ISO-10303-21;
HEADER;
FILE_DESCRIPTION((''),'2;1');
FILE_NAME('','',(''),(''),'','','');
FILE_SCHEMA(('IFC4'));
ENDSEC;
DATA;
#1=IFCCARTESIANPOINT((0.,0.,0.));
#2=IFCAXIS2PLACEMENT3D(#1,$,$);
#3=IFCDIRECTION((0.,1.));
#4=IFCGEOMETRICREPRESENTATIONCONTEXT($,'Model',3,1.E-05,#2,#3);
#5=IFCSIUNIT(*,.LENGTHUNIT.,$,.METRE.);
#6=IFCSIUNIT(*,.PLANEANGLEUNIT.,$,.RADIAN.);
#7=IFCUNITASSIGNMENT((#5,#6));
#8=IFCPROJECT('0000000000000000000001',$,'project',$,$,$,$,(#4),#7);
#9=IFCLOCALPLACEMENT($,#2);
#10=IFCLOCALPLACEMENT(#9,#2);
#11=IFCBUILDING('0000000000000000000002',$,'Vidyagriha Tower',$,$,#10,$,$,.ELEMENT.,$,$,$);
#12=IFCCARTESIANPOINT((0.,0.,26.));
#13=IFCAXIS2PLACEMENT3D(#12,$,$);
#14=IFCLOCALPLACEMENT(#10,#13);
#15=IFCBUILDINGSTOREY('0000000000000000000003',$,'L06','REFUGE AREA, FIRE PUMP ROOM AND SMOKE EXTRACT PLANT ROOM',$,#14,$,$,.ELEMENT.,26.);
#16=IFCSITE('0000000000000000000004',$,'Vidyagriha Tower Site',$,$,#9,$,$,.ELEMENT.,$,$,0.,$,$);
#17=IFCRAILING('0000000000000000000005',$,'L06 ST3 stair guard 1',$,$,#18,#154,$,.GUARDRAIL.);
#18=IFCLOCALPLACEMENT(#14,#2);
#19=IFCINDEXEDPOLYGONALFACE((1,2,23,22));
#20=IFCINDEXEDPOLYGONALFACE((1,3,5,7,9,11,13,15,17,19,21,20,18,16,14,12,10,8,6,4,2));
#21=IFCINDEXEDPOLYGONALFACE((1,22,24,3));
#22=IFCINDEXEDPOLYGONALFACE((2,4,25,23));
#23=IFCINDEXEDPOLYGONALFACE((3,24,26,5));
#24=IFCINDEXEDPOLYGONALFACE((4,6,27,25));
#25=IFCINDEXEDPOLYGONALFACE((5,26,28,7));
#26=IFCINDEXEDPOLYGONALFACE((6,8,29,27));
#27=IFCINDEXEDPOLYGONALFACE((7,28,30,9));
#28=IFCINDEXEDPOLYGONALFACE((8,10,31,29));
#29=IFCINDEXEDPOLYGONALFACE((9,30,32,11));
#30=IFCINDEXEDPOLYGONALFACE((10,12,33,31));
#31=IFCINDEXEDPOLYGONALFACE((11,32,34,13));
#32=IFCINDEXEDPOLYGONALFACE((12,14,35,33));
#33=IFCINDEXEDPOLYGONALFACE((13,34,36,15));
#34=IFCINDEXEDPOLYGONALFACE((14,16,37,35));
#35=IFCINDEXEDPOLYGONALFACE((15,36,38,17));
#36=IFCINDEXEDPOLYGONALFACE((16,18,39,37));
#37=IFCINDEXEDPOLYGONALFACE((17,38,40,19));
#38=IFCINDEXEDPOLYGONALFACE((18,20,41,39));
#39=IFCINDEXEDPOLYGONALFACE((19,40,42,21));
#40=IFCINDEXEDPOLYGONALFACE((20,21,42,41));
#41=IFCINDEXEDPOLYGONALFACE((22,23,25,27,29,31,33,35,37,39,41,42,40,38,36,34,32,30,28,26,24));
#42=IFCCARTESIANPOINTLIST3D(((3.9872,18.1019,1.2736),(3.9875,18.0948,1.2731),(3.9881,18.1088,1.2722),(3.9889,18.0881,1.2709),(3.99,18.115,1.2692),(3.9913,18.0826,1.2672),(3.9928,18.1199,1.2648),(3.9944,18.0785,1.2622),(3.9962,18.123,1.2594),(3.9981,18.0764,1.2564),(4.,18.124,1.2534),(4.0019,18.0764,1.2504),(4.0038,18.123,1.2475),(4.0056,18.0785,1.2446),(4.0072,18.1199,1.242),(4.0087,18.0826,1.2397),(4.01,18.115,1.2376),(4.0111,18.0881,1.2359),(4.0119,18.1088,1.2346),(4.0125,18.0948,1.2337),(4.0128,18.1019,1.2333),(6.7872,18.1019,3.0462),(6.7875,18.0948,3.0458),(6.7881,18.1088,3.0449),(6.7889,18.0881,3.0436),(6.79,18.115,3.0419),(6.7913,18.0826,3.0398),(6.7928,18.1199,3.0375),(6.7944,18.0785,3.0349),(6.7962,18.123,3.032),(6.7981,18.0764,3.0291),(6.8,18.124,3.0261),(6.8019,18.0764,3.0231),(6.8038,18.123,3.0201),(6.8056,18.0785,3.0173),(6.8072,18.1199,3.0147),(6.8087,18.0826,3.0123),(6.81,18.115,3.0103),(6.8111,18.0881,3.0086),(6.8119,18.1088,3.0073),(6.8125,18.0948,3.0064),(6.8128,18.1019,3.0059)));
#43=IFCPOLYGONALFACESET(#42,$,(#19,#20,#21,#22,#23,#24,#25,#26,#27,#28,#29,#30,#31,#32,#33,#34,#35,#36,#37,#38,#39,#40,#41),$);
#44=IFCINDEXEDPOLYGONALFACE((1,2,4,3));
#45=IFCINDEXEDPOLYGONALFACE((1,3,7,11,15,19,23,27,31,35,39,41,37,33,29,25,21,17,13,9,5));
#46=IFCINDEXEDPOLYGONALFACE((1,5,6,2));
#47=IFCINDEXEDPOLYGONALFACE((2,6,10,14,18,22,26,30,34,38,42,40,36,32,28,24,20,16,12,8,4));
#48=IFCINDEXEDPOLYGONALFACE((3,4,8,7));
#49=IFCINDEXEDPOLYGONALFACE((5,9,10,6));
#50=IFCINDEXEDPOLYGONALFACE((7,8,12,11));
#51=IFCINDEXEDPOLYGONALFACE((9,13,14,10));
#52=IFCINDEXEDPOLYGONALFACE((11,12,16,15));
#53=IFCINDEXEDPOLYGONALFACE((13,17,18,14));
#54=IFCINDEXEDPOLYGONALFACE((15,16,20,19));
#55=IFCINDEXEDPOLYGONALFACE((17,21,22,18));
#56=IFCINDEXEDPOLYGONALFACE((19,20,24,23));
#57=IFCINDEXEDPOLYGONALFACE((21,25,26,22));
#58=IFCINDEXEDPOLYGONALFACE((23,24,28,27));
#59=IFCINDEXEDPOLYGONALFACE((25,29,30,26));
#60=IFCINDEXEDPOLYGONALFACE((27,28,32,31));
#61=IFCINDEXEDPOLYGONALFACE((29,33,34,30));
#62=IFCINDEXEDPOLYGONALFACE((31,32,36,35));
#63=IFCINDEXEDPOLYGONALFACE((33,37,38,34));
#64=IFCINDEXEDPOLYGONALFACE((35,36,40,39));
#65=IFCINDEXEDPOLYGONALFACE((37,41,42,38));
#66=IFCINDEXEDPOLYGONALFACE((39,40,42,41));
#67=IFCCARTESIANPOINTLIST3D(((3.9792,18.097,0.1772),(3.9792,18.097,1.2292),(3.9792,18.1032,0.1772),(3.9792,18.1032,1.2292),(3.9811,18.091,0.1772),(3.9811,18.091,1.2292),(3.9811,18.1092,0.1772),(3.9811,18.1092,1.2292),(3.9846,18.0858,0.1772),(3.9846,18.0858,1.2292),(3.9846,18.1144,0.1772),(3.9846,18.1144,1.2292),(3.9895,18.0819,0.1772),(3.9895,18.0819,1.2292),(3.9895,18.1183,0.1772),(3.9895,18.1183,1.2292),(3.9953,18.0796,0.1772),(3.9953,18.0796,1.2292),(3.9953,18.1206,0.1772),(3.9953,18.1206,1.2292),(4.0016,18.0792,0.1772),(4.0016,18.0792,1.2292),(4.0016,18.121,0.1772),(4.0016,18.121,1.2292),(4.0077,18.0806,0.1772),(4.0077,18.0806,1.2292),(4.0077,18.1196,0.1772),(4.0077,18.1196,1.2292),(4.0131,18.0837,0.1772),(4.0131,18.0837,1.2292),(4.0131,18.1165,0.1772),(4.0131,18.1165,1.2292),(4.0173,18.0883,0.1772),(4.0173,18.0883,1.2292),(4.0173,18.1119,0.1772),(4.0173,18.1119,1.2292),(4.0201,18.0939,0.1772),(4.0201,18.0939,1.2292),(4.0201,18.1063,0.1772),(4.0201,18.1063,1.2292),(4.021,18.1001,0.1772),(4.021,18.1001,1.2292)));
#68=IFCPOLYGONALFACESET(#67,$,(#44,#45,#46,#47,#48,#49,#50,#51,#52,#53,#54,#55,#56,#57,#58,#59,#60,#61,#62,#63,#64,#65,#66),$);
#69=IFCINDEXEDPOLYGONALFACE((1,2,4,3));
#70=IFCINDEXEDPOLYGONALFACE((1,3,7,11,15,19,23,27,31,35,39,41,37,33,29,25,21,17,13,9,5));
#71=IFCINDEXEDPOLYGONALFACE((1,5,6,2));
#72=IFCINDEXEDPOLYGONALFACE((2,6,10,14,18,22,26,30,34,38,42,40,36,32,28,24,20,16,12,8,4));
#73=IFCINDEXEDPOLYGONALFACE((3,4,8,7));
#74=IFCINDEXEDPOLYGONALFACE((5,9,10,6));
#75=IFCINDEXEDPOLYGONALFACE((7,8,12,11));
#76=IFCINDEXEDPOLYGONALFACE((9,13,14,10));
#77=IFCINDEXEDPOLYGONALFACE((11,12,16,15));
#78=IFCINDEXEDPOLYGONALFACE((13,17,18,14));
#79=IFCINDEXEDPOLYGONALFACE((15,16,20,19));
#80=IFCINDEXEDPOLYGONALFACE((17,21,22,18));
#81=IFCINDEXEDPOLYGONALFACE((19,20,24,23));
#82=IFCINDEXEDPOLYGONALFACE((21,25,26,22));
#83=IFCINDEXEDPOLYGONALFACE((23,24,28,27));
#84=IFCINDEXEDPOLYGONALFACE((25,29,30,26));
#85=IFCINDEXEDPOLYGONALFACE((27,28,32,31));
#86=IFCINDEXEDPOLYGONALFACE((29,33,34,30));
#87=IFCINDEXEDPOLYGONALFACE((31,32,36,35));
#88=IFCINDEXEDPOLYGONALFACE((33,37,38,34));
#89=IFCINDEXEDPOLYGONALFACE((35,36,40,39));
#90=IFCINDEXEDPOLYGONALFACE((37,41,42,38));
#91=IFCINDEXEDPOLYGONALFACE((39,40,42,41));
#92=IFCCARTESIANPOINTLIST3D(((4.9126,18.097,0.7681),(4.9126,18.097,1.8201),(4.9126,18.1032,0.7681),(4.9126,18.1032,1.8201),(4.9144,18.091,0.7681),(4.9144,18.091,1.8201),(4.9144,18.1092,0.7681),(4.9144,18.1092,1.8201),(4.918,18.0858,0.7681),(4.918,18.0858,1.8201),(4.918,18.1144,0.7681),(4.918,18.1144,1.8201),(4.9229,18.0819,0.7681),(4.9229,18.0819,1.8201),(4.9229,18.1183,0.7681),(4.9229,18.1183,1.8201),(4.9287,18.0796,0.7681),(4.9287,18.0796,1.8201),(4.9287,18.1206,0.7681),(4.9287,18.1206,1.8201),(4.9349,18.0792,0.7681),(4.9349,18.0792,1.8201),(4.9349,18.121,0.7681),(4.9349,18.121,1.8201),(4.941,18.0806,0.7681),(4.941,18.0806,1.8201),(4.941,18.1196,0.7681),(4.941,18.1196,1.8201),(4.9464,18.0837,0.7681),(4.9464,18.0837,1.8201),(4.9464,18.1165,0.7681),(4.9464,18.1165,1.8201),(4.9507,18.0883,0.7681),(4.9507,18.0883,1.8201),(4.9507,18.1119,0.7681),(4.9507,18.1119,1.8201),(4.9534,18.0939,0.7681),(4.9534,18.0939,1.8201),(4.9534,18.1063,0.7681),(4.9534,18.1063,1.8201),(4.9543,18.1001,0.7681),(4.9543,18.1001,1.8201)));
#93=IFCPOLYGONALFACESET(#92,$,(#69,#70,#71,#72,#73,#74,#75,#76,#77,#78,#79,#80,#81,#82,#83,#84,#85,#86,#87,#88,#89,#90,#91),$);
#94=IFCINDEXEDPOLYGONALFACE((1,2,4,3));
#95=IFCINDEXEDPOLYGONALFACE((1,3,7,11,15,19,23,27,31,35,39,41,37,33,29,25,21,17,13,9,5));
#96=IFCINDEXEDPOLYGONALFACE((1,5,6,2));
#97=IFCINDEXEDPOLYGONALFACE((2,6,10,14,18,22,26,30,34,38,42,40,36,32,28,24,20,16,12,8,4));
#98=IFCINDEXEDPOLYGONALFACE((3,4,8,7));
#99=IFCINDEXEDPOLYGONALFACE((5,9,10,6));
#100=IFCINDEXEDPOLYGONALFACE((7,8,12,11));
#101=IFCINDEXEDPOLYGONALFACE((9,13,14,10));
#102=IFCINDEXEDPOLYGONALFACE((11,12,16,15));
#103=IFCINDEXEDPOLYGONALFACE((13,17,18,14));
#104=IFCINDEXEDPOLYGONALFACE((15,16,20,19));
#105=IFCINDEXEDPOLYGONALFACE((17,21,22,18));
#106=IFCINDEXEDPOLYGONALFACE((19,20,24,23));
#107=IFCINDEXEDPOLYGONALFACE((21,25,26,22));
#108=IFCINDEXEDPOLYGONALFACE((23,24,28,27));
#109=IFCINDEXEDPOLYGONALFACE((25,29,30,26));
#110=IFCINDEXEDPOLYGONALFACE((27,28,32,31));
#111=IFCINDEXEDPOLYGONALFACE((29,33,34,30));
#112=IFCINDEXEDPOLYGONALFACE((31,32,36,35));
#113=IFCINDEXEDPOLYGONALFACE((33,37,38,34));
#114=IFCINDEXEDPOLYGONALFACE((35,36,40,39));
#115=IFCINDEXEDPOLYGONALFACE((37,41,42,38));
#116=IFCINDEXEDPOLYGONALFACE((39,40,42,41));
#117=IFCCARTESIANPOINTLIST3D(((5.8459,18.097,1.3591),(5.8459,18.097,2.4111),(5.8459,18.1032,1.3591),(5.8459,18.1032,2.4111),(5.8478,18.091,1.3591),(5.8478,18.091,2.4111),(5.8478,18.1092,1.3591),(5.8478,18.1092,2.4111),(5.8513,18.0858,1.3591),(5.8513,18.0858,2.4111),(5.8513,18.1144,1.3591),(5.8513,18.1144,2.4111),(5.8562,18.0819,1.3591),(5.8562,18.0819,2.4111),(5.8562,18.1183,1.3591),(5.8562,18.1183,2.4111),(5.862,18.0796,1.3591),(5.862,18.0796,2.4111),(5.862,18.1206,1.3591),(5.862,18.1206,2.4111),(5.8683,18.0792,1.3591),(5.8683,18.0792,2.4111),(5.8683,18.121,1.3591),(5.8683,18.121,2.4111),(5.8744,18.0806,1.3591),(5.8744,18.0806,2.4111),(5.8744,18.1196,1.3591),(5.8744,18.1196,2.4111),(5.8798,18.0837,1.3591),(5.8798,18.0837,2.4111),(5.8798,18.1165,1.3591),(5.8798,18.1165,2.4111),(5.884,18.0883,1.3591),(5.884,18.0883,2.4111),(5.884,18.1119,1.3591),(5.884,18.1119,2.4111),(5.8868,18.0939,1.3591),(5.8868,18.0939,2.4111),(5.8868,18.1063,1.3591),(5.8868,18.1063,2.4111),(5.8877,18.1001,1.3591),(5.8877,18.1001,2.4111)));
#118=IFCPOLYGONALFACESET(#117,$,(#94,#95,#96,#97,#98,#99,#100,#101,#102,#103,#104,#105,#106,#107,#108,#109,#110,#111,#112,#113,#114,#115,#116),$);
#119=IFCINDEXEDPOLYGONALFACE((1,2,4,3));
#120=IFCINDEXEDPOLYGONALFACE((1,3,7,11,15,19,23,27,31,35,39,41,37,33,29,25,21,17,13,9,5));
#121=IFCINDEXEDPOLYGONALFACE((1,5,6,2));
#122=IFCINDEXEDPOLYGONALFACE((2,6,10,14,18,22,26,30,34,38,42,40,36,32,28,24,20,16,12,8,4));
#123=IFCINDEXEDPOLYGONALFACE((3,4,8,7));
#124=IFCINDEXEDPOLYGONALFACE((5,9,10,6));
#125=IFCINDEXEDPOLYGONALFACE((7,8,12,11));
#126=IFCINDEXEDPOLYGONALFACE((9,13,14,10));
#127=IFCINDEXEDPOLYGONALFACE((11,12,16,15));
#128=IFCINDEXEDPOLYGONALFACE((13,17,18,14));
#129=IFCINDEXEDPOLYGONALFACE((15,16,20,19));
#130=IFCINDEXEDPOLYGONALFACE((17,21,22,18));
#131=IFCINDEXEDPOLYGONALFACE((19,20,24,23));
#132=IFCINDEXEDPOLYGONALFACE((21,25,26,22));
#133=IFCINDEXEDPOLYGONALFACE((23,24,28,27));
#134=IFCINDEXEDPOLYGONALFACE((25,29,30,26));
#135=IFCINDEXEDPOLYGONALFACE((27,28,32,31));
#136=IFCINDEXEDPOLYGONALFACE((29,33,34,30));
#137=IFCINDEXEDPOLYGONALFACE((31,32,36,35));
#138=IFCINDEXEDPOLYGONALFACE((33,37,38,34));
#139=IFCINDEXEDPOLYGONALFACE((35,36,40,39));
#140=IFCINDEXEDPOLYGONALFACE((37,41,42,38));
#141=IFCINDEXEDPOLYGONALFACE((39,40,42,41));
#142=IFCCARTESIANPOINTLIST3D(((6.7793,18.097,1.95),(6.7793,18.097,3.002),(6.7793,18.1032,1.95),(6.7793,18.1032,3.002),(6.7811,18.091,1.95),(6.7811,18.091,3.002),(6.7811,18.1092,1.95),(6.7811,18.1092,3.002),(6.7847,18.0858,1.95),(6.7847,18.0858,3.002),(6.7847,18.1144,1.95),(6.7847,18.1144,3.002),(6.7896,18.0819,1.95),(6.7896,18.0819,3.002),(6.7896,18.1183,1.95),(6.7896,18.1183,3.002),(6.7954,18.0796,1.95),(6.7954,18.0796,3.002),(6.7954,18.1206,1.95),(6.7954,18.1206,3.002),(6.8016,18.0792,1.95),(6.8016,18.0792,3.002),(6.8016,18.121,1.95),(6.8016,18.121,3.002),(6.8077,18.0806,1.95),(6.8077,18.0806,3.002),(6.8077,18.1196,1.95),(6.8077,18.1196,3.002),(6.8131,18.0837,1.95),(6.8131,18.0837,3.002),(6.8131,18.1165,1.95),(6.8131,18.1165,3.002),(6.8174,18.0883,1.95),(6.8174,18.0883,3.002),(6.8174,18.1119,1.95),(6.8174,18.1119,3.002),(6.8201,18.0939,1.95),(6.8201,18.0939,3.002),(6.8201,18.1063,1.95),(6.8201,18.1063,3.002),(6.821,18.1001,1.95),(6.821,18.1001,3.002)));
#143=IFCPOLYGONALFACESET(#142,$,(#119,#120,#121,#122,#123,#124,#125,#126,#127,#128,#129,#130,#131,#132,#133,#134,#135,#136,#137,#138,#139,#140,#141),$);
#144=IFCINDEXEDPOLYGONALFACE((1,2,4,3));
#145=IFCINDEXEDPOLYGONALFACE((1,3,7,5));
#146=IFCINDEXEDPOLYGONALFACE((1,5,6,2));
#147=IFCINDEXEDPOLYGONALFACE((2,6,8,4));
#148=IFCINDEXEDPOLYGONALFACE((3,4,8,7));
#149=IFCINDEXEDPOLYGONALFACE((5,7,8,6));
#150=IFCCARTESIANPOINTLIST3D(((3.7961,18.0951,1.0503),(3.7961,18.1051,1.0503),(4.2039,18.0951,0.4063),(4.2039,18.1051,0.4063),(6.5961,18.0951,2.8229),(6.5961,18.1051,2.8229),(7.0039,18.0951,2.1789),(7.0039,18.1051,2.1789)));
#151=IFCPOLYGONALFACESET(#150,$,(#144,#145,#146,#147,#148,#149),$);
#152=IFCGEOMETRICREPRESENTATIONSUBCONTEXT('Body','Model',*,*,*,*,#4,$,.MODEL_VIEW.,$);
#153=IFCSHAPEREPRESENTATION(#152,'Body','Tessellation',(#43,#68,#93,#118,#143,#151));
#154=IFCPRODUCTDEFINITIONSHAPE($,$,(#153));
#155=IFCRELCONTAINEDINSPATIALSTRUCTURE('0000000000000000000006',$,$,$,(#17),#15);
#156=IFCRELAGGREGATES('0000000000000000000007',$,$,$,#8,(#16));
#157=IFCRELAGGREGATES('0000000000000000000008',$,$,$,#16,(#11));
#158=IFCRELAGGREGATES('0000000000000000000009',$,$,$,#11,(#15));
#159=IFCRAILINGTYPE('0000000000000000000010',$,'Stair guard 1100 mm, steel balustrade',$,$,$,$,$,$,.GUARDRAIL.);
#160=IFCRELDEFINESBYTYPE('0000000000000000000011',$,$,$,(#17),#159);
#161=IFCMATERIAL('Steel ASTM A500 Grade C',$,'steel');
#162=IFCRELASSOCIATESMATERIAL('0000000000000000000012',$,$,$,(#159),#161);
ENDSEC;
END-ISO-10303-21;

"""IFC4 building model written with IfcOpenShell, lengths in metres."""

from ifc_helpers import new_model, si_unit, direction, frame, origin, origin_2d, place, context, subcontext, project, spatial, rectangle, circle, extrude, material, type_object, element, save


model = new_model("IFC4")

# Units and contexts
model_context = context("Model", 3, precision=1e-05, world=origin(), true_north=direction((0.0, 1.0)))
body_context = subcontext(model_context, "Body", "Model", "MODEL_VIEW")
ifc_project = project(units=[si_unit("LENGTHUNIT", "METRE"), si_unit("PLANEANGLEUNIT", "RADIAN")], contexts=[model_context])

# Site, building, storey
site_placement = place(None, origin())
site = spatial("IfcSite", under=ifc_project, at=site_placement, Name="Vidyagriha Tower Site", CompositionType="ELEMENT", RefElevation=0.0)
building_placement = place(site_placement, origin())
building = spatial("IfcBuilding", under=site, at=building_placement, Name="Vidyagriha Tower", CompositionType="ELEMENT")
storey_placement = place(building_placement, frame((0.0, 0.0, 26.0)))
storey = spatial("IfcBuildingStorey", under=building, at=storey_placement, Name="L06", Description="REFUGE AREA, FIRE PUMP ROOM AND SMOKE EXTRACT PLANT ROOM", CompositionType="ELEMENT", Elevation=26.0)

# Railing
ifc_material_1 = material(Name="Steel ASTM A500 Grade C", Category="steel")
railing_type_1 = type_object("IfcRailingType", Name="Stair guard 1100 mm, steel balustrade", PredefinedType="GUARDRAIL", material=ifc_material_1)
railing_1_placement = place(storey_placement, frame((4.0, 18.1001, 0.1772)))
element("IfcRailing", 1, at=railing_1_placement, inside=storey, type_object=railing_type_1, Name="L06 ST3 stair guard 1", PredefinedType="GUARDRAIL", context=body_context, shape_type="SweptSolid", body=[
    extrude(circle(Radius=0.0239, at=origin_2d()), frame((0.0, 0.0, 1.0762), z_axis=(0.844909, 0.0, 0.53491), x_axis=(0.0, 1.0, 0.0)), (0.0, 0.0, 1.0), 3.314),
    extrude(circle(Radius=0.021, at=origin_2d()), origin(), (0.0, 0.0, 1.0), 1.052),
    extrude(circle(Radius=0.021, at=origin_2d()), frame((0.9333, 0.0, 0.5908)), (0.0, 0.0, 1.0), 1.052),
    extrude(circle(Radius=0.021, at=origin_2d()), frame((1.8667, 0.0, 1.1819)), (0.0, 0.0, 1.0), 1.052),
    extrude(circle(Radius=0.021, at=origin_2d()), frame((2.8, 0.0, 1.7727)), (0.0, 0.0, 1.0), 1.052),
    extrude(rectangle(XDim=0.01, YDim=0.7622, at=origin_2d()), frame((0.0, 0.0, 0.551), z_axis=(0.844909, 0.0, 0.53491), x_axis=(0.0, 1.0, 0.0)), (0.0, 0.0, 1.0), 3.314),
])

save(model, "model.ifc")
